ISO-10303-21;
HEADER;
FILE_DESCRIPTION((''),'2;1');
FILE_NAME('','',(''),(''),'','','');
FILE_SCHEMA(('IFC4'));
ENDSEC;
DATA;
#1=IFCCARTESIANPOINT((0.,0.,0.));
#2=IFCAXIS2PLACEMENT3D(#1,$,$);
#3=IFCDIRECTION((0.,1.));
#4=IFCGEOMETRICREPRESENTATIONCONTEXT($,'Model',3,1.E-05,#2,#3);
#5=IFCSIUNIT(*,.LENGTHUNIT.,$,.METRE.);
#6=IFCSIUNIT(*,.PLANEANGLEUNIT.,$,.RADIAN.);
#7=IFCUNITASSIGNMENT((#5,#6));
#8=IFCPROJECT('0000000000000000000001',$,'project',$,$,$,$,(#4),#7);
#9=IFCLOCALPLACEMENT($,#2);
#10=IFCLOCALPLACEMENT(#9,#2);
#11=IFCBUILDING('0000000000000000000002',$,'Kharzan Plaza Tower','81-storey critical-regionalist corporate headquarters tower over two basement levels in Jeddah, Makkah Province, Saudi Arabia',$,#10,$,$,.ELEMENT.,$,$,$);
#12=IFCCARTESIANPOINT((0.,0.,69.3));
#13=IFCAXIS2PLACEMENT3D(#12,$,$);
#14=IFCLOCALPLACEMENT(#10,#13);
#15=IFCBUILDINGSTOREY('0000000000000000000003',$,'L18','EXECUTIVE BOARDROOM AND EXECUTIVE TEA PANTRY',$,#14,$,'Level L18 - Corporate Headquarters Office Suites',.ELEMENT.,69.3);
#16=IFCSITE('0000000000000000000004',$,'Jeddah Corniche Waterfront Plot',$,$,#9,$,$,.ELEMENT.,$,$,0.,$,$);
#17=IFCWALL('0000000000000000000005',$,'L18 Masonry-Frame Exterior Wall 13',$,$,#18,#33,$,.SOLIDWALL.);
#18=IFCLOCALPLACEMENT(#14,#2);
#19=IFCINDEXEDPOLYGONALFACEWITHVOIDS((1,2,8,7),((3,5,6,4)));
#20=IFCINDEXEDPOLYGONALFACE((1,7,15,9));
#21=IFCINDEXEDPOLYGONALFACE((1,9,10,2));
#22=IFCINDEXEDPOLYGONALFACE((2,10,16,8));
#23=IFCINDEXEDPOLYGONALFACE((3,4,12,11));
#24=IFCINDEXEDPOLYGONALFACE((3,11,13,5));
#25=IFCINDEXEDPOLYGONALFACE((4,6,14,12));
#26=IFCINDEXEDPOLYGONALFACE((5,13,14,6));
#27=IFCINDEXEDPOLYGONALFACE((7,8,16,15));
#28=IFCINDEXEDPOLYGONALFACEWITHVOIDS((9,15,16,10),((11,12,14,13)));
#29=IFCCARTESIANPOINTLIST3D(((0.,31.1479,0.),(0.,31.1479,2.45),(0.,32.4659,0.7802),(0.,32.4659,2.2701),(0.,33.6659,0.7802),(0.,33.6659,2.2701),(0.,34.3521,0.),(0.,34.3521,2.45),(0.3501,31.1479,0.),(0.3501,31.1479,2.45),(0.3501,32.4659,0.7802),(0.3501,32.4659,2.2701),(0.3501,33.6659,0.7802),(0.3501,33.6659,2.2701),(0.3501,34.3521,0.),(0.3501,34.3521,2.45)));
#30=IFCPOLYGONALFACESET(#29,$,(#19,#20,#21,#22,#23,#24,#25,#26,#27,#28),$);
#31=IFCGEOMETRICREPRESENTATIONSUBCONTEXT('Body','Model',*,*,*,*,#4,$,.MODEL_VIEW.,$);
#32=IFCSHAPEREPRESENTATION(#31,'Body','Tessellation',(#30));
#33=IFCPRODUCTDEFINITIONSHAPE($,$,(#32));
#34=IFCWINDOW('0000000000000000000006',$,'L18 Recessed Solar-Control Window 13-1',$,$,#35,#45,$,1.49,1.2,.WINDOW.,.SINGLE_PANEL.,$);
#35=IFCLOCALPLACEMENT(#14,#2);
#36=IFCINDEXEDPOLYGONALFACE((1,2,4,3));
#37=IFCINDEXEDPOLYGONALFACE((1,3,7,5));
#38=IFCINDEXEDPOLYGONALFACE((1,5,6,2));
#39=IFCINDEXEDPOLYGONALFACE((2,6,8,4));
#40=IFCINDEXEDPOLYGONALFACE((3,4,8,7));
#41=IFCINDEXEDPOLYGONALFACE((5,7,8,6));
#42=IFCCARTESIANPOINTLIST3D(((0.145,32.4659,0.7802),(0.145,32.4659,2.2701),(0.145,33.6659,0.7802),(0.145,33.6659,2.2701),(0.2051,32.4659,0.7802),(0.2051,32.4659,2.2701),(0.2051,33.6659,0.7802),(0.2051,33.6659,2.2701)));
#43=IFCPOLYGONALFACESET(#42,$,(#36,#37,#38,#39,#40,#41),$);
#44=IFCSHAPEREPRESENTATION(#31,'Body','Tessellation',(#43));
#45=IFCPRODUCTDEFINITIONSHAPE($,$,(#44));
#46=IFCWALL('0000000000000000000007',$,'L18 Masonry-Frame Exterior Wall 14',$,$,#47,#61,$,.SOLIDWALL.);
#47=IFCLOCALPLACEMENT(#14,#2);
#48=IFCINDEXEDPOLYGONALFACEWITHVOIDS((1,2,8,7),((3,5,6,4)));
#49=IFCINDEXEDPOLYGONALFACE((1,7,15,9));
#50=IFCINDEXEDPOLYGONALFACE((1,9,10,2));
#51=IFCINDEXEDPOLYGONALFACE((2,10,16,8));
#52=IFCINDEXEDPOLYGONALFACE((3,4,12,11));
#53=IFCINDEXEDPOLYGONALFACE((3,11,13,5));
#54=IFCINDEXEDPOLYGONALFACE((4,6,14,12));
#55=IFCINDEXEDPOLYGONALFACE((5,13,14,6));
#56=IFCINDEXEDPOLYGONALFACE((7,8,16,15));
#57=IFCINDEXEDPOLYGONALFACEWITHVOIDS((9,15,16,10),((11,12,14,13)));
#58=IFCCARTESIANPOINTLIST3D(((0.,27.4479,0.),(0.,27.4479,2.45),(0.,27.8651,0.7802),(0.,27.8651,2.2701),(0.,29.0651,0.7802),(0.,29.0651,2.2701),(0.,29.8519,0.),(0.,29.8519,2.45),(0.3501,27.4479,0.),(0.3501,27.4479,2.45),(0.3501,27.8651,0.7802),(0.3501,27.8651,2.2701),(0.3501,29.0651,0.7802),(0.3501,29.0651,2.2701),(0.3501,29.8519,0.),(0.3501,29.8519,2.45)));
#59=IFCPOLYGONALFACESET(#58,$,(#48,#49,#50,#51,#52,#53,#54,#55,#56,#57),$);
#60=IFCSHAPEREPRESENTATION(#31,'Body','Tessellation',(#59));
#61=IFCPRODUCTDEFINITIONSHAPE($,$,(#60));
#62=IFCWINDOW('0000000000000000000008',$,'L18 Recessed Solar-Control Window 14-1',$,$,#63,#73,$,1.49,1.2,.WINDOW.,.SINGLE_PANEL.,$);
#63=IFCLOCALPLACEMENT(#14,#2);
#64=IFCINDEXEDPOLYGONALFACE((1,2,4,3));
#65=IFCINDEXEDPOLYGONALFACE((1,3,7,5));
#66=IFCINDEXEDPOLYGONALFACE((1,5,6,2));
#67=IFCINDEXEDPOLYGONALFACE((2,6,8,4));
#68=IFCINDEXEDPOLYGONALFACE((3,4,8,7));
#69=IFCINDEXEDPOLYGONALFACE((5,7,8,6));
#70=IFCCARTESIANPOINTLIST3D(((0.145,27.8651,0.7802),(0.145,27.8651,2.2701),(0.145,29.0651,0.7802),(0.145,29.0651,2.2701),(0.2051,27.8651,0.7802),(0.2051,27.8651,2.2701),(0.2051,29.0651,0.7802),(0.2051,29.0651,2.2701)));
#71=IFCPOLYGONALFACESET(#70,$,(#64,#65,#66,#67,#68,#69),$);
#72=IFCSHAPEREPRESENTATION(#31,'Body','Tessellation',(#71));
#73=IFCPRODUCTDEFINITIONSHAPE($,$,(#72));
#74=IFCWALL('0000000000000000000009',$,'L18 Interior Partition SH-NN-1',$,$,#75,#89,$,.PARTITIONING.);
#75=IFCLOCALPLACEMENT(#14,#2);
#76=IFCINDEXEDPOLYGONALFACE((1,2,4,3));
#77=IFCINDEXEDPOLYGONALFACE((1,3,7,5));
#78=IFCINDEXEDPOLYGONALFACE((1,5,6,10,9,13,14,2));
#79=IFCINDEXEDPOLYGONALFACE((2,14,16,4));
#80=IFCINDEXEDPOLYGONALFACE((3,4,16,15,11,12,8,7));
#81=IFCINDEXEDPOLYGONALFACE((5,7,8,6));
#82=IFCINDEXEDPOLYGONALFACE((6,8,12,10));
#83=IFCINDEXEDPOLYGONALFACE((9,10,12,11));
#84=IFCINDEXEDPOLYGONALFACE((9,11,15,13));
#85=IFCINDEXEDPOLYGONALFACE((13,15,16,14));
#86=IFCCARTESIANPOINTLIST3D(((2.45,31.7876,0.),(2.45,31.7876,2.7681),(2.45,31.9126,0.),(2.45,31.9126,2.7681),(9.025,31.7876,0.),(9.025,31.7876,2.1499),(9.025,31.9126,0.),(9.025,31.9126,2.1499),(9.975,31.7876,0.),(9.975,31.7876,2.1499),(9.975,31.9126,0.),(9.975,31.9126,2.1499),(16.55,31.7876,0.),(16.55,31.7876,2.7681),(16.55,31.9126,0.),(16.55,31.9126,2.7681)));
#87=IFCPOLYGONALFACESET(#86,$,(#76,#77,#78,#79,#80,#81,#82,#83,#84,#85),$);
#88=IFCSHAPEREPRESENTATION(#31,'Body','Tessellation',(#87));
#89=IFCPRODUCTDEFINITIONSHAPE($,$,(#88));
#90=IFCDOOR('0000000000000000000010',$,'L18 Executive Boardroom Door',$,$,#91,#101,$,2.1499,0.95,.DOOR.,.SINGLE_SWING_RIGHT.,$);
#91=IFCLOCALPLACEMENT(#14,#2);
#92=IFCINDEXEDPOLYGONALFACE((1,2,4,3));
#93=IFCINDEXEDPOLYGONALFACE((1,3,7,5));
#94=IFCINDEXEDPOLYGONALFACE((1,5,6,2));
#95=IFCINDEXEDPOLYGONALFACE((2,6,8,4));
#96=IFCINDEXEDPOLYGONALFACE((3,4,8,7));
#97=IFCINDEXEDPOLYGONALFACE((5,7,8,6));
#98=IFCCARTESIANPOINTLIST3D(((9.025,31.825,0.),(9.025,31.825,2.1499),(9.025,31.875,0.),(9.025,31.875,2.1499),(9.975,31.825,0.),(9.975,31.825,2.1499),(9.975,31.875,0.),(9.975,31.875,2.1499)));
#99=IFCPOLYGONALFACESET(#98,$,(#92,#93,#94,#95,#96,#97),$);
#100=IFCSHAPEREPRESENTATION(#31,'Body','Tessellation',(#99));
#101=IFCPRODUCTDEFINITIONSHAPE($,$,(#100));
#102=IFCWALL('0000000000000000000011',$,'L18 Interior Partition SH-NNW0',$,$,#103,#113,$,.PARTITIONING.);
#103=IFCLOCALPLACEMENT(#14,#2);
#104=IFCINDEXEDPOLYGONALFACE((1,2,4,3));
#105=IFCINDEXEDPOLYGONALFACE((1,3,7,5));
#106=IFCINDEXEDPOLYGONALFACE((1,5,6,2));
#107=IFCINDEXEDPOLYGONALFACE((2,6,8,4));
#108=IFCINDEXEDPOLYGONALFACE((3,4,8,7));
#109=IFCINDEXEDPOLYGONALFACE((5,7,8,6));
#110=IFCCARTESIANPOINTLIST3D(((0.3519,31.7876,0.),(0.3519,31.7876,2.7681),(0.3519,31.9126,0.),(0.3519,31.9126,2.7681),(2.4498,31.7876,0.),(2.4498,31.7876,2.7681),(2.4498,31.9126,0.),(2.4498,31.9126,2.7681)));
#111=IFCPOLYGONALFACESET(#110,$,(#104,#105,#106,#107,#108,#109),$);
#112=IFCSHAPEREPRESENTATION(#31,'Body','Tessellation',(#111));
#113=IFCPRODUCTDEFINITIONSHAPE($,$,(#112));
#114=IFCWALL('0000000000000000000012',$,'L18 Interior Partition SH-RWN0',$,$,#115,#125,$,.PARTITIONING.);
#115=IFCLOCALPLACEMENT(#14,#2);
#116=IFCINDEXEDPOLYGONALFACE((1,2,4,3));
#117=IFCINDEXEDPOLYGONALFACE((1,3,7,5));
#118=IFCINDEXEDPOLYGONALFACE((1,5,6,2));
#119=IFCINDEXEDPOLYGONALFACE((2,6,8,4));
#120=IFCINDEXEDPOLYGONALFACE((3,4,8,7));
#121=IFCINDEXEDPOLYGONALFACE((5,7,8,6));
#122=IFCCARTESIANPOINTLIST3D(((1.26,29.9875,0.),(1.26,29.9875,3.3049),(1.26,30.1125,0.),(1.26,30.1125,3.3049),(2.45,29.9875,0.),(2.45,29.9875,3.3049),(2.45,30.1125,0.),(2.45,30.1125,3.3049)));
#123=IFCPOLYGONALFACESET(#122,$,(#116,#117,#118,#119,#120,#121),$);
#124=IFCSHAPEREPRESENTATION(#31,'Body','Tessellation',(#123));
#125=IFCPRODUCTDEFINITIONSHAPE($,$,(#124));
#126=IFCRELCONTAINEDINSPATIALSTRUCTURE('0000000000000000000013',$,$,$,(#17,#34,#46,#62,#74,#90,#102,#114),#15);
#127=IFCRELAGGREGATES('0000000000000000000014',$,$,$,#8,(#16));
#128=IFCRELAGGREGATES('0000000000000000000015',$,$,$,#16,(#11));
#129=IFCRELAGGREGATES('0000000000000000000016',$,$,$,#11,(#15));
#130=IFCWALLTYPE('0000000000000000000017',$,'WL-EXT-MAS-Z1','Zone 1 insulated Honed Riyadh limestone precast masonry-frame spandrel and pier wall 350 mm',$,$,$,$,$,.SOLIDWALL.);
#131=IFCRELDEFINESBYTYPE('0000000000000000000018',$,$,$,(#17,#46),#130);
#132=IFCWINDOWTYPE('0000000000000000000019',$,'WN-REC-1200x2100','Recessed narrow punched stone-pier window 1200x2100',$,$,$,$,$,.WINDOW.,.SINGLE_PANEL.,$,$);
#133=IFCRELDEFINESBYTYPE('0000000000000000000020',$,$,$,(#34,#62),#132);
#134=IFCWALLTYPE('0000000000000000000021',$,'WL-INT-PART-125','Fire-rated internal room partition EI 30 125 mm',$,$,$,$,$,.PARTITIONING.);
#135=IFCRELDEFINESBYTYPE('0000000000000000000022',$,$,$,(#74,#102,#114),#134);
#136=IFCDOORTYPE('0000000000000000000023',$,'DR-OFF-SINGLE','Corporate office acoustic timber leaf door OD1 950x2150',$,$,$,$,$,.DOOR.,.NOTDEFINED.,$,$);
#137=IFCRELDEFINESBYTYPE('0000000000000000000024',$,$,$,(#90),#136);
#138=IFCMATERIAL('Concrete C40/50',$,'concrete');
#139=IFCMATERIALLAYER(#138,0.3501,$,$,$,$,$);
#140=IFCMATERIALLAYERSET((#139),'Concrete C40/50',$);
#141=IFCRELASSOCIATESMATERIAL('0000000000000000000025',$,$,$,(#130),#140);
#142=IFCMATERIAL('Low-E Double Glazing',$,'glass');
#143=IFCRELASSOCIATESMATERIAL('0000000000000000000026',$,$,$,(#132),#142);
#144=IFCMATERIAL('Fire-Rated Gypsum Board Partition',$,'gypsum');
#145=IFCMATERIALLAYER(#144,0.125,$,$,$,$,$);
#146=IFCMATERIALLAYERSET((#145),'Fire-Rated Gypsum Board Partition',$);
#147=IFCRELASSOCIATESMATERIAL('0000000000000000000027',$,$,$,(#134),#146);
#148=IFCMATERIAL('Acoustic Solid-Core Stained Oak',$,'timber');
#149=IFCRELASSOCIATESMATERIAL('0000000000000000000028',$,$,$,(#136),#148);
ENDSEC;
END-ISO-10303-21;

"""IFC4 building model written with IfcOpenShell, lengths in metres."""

from ifc_helpers import new_model, si_unit, direction, frame, frame_2d, origin, place, context, subcontext, project, spatial, rectangle, extrude, source, transform, mapped, material, layer, layer_set, type_object, element, fill, save


model = new_model("IFC4")

# Units and contexts
model_context = context("Model", 3, precision=1e-05, world=origin(), true_north=direction((0.0, 1.0)))
body_context = subcontext(model_context, "Body", "Model", "MODEL_VIEW")
ifc_project = project(units=[si_unit("LENGTHUNIT", "METRE"), si_unit("PLANEANGLEUNIT", "RADIAN")], contexts=[model_context])

# Site, building, storey
site_placement = place(None, origin())
site = spatial("IfcSite", under=ifc_project, at=site_placement, Name="Jeddah Corniche Waterfront Plot", CompositionType="ELEMENT", RefElevation=0.0)
building_placement = place(site_placement, origin())
building = spatial("IfcBuilding", under=site, at=building_placement, Name="Kharzan Plaza Tower", Description="81-storey critical-regionalist corporate headquarters tower over two basement levels in Jeddah, Makkah Province, Saudi Arabia", CompositionType="ELEMENT")
storey_placement = place(building_placement, frame((0.0, 0.0, 69.3)))
storey = spatial("IfcBuildingStorey", under=building, at=storey_placement, Name="L18", Description="EXECUTIVE BOARDROOM AND EXECUTIVE TEA PANTRY", LongName="Level L18 - Corporate Headquarters Office Suites", CompositionType="ELEMENT", Elevation=69.3)

# Walls, openings, windows
ifc_material_1 = material(Name="Concrete C40/50", Category="concrete")
ifc_layer_1 = layer(ifc_material_1, 0.3501)
ifc_layer_set_1 = layer_set([ifc_layer_1], Name="Concrete C40/50")
wall_type_1 = type_object("IfcWallType", Name="WL-EXT-MAS-Z1", Description="Zone 1 insulated Honed Riyadh limestone precast masonry-frame spandrel and pier wall 350 mm", PredefinedType="SOLIDWALL", material=ifc_layer_set_1)
wall_1_placement = place(storey_placement, frame((0.175, 34.3521, 0.0), z_axis=(0.0, 0.0, 1.0), x_axis=(0.0, -1.0, 0.0)))
wall_1 = element("IfcWall", 1, at=wall_1_placement, inside=storey, type_object=wall_type_1, Name="L18 Masonry-Frame Exterior Wall 13", PredefinedType="SOLIDWALL", context=body_context, shape_type="SweptSolid", body=[
    extrude(rectangle(XDim=3.2041, YDim=0.3501, at=frame_2d((1.6021, 0.0))), origin(), (0.0, 0.0, 1.0), 2.45),
])
opening_1_placement = place(wall_1_placement, frame((0.686, 0.0, 0.78)))
opening_1 = element("IfcOpeningElement", 2, at=opening_1_placement, cuts=wall_1, PredefinedType="OPENING", context=body_context, shape_type="SweptSolid", body=[
    extrude(rectangle(XDim=1.2, YDim=1.49, at=frame_2d((0.6001, 0.7451))), frame((0.0, 0.1851, 0.0), z_axis=(0.0, -1.0, 0.0), x_axis=(1.0, 0.0, 0.0)), (0.0, 0.0, 1.0), 0.3701),
])
ifc_material_2 = material(Name="Low-E Double Glazing", Category="glass")
window_type = type_object("IfcWindowType", Name="WN-REC-1200x2100", Description="Recessed narrow punched stone-pier window 1200x2100", PartitioningType="SINGLE_PANEL", PredefinedType="WINDOW", material=ifc_material_2)
shared_shape_1 = source(origin(), body_context, "Body", "SweptSolid", [
    extrude(rectangle(XDim=1.2, YDim=1.49, at=frame_2d((0.6001, 0.7451))), frame((0.0, 0.03, 0.0), z_axis=(0.0, -1.0, 0.0), x_axis=(1.0, 0.0, 0.0)), (0.0, 0.0, 1.0), 0.0601),
])
window_1_placement = place(opening_1_placement, origin())
window_1 = element("IfcWindow", 3, at=window_1_placement, inside=storey, type_object=window_type, Name="L18 Recessed Solar-Control Window 13-1", OverallHeight=1.49, OverallWidth=1.2, PartitioningType="SINGLE_PANEL", PredefinedType="WINDOW", context=body_context, shape_type="MappedRepresentation", body=[
    mapped(shared_shape_1, transform((0.0, 0.0, 0.0), x_axis=(1.0, 0.0, 0.0), y_axis=(0.0, 1.0, 0.0), z_axis=(0.0, 0.0, 1.0))),
])
fill(opening_1, window_1)
wall_2_placement = place(storey_placement, frame((0.175, 29.8521, 0.0), z_axis=(0.0, 0.0, 1.0), x_axis=(0.0, -1.0, 0.0)))
wall_2 = element("IfcWall", 4, at=wall_2_placement, inside=storey, type_object=wall_type_1, Name="L18 Masonry-Frame Exterior Wall 14", PredefinedType="SOLIDWALL", context=body_context, shape_type="SweptSolid", body=[
    extrude(rectangle(XDim=2.4041, YDim=0.3501, at=frame_2d((1.2021, 0.0))), origin(), (0.0, 0.0, 1.0), 2.45),
])
opening_2_placement = place(wall_2_placement, frame((0.7869, 0.0, 0.78)))
opening_2 = element("IfcOpeningElement", 5, at=opening_2_placement, cuts=wall_2, PredefinedType="OPENING", context=body_context, shape_type="SweptSolid", body=[
    extrude(rectangle(XDim=1.2, YDim=1.49, at=frame_2d((0.6001, 0.7451))), frame((0.0, 0.1851, 0.0), z_axis=(0.0, -1.0, 0.0), x_axis=(1.0, 0.0, 0.0)), (0.0, 0.0, 1.0), 0.3701),
])
window_2_placement = place(opening_2_placement, origin())
window_2 = element("IfcWindow", 6, at=window_2_placement, inside=storey, type_object=window_type, Name="L18 Recessed Solar-Control Window 14-1", OverallHeight=1.49, OverallWidth=1.2, PartitioningType="SINGLE_PANEL", PredefinedType="WINDOW", context=body_context, shape_type="MappedRepresentation", body=[
    mapped(shared_shape_1, transform((0.0, 0.0, 0.0), x_axis=(1.0, 0.0, 0.0), y_axis=(0.0, 1.0, 0.0), z_axis=(0.0, 0.0, 1.0))),
])
fill(opening_2, window_2)

# Wall, opening, door
ifc_material_3 = material(Name="Fire-Rated Gypsum Board Partition", Category="gypsum")
ifc_layer_2 = layer(ifc_material_3, 0.125)
ifc_layer_set_2 = layer_set([ifc_layer_2], Name="Fire-Rated Gypsum Board Partition")
wall_type_2 = type_object("IfcWallType", Name="WL-INT-PART-125", Description="Fire-rated internal room partition EI 30 125 mm", PredefinedType="PARTITIONING", material=ifc_layer_set_2)
wall_3_placement = place(storey_placement, frame((2.45, 31.8501, 0.0), z_axis=(0.0, 0.0, 1.0), x_axis=(1.0, 0.0, 0.0)))
wall_3 = element("IfcWall", 7, at=wall_3_placement, inside=storey, type_object=wall_type_2, Name="L18 Interior Partition SH-NN-1", PredefinedType="PARTITIONING", context=body_context, shape_type="SweptSolid", body=[
    extrude(rectangle(XDim=14.1001, YDim=0.125, at=frame_2d((7.05, 0.0))), origin(), (0.0, 0.0, 1.0), 2.7681),
])
opening_3_placement = place(wall_3_placement, frame((6.575, 0.0, 0.0)))
opening_3 = element("IfcOpeningElement", 8, at=opening_3_placement, cuts=wall_3, PredefinedType="OPENING", context=body_context, shape_type="SweptSolid", body=[
    extrude(rectangle(XDim=0.95, YDim=2.1499, at=frame_2d((0.4751, 1.075))), frame((0.0, 0.0725, 0.0), z_axis=(0.0, -1.0, 0.0), x_axis=(1.0, 0.0, 0.0)), (0.0, 0.0, 1.0), 0.145),
])
ifc_material_4 = material(Name="Acoustic Solid-Core Stained Oak", Category="timber")
door_type = type_object("IfcDoorType", Name="DR-OFF-SINGLE", Description="Corporate office acoustic timber leaf door OD1 950x2150", OperationType="NOTDEFINED", PredefinedType="DOOR", material=ifc_material_4)
shared_shape_2 = source(origin(), body_context, "Body", "SweptSolid", [
    extrude(rectangle(XDim=0.95, YDim=2.1499, at=frame_2d((0.4751, 1.075))), frame((0.0, 0.0249, 0.0), z_axis=(0.0, -1.0, 0.0), x_axis=(1.0, 0.0, 0.0)), (0.0, 0.0, 1.0), 0.05),
])
door_1_placement = place(opening_3_placement, origin())
door_1 = element("IfcDoor", 9, at=door_1_placement, inside=storey, type_object=door_type, Name="L18 Executive Boardroom Door", OperationType="SINGLE_SWING_RIGHT", OverallHeight=2.1499, OverallWidth=0.95, PredefinedType="DOOR", context=body_context, shape_type="MappedRepresentation", body=[
    mapped(shared_shape_2, transform((0.0, 0.0, 0.0), x_axis=(1.0, 0.0, 0.0), y_axis=(0.0, 1.0, 0.0), z_axis=(0.0, 0.0, 1.0))),
])
fill(opening_3, door_1)

# Walls
shared_shape_3 = source(origin(), body_context, "Body", "SweptSolid", [
    extrude(rectangle(XDim=2.0979, YDim=0.125, at=frame_2d((1.0488, 0.0))), origin(), (0.0, 0.0, 1.0), 2.7681),
])
wall_4_placement = place(storey_placement, frame((0.3521, 31.8501, 0.0), z_axis=(0.0, 0.0, 1.0), x_axis=(1.0, 0.0, 0.0)))
element("IfcWall", 10, at=wall_4_placement, inside=storey, type_object=wall_type_2, Name="L18 Interior Partition SH-NNW0", PredefinedType="PARTITIONING", context=body_context, shape_type="MappedRepresentation", body=[
    mapped(shared_shape_3, transform((0.0, 0.0, 0.0), x_axis=(1.0, 0.0, 0.0), y_axis=(0.0, 1.0, 0.0), z_axis=(0.0, 0.0, 1.0))),
])
shared_shape_4 = source(origin(), body_context, "Body", "SweptSolid", [
    extrude(rectangle(XDim=1.1899, YDim=0.125, at=frame_2d((0.595, 0.0))), origin(), (0.0, 0.0, 1.0), 3.3049),
])
wall_5_placement = place(storey_placement, frame((1.26, 30.05, 0.0), z_axis=(0.0, 0.0, 1.0), x_axis=(1.0, 0.0, 0.0)))
element("IfcWall", 11, at=wall_5_placement, inside=storey, type_object=wall_type_2, Name="L18 Interior Partition SH-RWN0", PredefinedType="PARTITIONING", context=body_context, shape_type="MappedRepresentation", body=[
    mapped(shared_shape_4, transform((0.0, 0.0, 0.0), x_axis=(1.0, 0.0, 0.0), y_axis=(0.0, 1.0, 0.0), z_axis=(0.0, 0.0, 1.0))),
])

save(model, "model.ifc")
